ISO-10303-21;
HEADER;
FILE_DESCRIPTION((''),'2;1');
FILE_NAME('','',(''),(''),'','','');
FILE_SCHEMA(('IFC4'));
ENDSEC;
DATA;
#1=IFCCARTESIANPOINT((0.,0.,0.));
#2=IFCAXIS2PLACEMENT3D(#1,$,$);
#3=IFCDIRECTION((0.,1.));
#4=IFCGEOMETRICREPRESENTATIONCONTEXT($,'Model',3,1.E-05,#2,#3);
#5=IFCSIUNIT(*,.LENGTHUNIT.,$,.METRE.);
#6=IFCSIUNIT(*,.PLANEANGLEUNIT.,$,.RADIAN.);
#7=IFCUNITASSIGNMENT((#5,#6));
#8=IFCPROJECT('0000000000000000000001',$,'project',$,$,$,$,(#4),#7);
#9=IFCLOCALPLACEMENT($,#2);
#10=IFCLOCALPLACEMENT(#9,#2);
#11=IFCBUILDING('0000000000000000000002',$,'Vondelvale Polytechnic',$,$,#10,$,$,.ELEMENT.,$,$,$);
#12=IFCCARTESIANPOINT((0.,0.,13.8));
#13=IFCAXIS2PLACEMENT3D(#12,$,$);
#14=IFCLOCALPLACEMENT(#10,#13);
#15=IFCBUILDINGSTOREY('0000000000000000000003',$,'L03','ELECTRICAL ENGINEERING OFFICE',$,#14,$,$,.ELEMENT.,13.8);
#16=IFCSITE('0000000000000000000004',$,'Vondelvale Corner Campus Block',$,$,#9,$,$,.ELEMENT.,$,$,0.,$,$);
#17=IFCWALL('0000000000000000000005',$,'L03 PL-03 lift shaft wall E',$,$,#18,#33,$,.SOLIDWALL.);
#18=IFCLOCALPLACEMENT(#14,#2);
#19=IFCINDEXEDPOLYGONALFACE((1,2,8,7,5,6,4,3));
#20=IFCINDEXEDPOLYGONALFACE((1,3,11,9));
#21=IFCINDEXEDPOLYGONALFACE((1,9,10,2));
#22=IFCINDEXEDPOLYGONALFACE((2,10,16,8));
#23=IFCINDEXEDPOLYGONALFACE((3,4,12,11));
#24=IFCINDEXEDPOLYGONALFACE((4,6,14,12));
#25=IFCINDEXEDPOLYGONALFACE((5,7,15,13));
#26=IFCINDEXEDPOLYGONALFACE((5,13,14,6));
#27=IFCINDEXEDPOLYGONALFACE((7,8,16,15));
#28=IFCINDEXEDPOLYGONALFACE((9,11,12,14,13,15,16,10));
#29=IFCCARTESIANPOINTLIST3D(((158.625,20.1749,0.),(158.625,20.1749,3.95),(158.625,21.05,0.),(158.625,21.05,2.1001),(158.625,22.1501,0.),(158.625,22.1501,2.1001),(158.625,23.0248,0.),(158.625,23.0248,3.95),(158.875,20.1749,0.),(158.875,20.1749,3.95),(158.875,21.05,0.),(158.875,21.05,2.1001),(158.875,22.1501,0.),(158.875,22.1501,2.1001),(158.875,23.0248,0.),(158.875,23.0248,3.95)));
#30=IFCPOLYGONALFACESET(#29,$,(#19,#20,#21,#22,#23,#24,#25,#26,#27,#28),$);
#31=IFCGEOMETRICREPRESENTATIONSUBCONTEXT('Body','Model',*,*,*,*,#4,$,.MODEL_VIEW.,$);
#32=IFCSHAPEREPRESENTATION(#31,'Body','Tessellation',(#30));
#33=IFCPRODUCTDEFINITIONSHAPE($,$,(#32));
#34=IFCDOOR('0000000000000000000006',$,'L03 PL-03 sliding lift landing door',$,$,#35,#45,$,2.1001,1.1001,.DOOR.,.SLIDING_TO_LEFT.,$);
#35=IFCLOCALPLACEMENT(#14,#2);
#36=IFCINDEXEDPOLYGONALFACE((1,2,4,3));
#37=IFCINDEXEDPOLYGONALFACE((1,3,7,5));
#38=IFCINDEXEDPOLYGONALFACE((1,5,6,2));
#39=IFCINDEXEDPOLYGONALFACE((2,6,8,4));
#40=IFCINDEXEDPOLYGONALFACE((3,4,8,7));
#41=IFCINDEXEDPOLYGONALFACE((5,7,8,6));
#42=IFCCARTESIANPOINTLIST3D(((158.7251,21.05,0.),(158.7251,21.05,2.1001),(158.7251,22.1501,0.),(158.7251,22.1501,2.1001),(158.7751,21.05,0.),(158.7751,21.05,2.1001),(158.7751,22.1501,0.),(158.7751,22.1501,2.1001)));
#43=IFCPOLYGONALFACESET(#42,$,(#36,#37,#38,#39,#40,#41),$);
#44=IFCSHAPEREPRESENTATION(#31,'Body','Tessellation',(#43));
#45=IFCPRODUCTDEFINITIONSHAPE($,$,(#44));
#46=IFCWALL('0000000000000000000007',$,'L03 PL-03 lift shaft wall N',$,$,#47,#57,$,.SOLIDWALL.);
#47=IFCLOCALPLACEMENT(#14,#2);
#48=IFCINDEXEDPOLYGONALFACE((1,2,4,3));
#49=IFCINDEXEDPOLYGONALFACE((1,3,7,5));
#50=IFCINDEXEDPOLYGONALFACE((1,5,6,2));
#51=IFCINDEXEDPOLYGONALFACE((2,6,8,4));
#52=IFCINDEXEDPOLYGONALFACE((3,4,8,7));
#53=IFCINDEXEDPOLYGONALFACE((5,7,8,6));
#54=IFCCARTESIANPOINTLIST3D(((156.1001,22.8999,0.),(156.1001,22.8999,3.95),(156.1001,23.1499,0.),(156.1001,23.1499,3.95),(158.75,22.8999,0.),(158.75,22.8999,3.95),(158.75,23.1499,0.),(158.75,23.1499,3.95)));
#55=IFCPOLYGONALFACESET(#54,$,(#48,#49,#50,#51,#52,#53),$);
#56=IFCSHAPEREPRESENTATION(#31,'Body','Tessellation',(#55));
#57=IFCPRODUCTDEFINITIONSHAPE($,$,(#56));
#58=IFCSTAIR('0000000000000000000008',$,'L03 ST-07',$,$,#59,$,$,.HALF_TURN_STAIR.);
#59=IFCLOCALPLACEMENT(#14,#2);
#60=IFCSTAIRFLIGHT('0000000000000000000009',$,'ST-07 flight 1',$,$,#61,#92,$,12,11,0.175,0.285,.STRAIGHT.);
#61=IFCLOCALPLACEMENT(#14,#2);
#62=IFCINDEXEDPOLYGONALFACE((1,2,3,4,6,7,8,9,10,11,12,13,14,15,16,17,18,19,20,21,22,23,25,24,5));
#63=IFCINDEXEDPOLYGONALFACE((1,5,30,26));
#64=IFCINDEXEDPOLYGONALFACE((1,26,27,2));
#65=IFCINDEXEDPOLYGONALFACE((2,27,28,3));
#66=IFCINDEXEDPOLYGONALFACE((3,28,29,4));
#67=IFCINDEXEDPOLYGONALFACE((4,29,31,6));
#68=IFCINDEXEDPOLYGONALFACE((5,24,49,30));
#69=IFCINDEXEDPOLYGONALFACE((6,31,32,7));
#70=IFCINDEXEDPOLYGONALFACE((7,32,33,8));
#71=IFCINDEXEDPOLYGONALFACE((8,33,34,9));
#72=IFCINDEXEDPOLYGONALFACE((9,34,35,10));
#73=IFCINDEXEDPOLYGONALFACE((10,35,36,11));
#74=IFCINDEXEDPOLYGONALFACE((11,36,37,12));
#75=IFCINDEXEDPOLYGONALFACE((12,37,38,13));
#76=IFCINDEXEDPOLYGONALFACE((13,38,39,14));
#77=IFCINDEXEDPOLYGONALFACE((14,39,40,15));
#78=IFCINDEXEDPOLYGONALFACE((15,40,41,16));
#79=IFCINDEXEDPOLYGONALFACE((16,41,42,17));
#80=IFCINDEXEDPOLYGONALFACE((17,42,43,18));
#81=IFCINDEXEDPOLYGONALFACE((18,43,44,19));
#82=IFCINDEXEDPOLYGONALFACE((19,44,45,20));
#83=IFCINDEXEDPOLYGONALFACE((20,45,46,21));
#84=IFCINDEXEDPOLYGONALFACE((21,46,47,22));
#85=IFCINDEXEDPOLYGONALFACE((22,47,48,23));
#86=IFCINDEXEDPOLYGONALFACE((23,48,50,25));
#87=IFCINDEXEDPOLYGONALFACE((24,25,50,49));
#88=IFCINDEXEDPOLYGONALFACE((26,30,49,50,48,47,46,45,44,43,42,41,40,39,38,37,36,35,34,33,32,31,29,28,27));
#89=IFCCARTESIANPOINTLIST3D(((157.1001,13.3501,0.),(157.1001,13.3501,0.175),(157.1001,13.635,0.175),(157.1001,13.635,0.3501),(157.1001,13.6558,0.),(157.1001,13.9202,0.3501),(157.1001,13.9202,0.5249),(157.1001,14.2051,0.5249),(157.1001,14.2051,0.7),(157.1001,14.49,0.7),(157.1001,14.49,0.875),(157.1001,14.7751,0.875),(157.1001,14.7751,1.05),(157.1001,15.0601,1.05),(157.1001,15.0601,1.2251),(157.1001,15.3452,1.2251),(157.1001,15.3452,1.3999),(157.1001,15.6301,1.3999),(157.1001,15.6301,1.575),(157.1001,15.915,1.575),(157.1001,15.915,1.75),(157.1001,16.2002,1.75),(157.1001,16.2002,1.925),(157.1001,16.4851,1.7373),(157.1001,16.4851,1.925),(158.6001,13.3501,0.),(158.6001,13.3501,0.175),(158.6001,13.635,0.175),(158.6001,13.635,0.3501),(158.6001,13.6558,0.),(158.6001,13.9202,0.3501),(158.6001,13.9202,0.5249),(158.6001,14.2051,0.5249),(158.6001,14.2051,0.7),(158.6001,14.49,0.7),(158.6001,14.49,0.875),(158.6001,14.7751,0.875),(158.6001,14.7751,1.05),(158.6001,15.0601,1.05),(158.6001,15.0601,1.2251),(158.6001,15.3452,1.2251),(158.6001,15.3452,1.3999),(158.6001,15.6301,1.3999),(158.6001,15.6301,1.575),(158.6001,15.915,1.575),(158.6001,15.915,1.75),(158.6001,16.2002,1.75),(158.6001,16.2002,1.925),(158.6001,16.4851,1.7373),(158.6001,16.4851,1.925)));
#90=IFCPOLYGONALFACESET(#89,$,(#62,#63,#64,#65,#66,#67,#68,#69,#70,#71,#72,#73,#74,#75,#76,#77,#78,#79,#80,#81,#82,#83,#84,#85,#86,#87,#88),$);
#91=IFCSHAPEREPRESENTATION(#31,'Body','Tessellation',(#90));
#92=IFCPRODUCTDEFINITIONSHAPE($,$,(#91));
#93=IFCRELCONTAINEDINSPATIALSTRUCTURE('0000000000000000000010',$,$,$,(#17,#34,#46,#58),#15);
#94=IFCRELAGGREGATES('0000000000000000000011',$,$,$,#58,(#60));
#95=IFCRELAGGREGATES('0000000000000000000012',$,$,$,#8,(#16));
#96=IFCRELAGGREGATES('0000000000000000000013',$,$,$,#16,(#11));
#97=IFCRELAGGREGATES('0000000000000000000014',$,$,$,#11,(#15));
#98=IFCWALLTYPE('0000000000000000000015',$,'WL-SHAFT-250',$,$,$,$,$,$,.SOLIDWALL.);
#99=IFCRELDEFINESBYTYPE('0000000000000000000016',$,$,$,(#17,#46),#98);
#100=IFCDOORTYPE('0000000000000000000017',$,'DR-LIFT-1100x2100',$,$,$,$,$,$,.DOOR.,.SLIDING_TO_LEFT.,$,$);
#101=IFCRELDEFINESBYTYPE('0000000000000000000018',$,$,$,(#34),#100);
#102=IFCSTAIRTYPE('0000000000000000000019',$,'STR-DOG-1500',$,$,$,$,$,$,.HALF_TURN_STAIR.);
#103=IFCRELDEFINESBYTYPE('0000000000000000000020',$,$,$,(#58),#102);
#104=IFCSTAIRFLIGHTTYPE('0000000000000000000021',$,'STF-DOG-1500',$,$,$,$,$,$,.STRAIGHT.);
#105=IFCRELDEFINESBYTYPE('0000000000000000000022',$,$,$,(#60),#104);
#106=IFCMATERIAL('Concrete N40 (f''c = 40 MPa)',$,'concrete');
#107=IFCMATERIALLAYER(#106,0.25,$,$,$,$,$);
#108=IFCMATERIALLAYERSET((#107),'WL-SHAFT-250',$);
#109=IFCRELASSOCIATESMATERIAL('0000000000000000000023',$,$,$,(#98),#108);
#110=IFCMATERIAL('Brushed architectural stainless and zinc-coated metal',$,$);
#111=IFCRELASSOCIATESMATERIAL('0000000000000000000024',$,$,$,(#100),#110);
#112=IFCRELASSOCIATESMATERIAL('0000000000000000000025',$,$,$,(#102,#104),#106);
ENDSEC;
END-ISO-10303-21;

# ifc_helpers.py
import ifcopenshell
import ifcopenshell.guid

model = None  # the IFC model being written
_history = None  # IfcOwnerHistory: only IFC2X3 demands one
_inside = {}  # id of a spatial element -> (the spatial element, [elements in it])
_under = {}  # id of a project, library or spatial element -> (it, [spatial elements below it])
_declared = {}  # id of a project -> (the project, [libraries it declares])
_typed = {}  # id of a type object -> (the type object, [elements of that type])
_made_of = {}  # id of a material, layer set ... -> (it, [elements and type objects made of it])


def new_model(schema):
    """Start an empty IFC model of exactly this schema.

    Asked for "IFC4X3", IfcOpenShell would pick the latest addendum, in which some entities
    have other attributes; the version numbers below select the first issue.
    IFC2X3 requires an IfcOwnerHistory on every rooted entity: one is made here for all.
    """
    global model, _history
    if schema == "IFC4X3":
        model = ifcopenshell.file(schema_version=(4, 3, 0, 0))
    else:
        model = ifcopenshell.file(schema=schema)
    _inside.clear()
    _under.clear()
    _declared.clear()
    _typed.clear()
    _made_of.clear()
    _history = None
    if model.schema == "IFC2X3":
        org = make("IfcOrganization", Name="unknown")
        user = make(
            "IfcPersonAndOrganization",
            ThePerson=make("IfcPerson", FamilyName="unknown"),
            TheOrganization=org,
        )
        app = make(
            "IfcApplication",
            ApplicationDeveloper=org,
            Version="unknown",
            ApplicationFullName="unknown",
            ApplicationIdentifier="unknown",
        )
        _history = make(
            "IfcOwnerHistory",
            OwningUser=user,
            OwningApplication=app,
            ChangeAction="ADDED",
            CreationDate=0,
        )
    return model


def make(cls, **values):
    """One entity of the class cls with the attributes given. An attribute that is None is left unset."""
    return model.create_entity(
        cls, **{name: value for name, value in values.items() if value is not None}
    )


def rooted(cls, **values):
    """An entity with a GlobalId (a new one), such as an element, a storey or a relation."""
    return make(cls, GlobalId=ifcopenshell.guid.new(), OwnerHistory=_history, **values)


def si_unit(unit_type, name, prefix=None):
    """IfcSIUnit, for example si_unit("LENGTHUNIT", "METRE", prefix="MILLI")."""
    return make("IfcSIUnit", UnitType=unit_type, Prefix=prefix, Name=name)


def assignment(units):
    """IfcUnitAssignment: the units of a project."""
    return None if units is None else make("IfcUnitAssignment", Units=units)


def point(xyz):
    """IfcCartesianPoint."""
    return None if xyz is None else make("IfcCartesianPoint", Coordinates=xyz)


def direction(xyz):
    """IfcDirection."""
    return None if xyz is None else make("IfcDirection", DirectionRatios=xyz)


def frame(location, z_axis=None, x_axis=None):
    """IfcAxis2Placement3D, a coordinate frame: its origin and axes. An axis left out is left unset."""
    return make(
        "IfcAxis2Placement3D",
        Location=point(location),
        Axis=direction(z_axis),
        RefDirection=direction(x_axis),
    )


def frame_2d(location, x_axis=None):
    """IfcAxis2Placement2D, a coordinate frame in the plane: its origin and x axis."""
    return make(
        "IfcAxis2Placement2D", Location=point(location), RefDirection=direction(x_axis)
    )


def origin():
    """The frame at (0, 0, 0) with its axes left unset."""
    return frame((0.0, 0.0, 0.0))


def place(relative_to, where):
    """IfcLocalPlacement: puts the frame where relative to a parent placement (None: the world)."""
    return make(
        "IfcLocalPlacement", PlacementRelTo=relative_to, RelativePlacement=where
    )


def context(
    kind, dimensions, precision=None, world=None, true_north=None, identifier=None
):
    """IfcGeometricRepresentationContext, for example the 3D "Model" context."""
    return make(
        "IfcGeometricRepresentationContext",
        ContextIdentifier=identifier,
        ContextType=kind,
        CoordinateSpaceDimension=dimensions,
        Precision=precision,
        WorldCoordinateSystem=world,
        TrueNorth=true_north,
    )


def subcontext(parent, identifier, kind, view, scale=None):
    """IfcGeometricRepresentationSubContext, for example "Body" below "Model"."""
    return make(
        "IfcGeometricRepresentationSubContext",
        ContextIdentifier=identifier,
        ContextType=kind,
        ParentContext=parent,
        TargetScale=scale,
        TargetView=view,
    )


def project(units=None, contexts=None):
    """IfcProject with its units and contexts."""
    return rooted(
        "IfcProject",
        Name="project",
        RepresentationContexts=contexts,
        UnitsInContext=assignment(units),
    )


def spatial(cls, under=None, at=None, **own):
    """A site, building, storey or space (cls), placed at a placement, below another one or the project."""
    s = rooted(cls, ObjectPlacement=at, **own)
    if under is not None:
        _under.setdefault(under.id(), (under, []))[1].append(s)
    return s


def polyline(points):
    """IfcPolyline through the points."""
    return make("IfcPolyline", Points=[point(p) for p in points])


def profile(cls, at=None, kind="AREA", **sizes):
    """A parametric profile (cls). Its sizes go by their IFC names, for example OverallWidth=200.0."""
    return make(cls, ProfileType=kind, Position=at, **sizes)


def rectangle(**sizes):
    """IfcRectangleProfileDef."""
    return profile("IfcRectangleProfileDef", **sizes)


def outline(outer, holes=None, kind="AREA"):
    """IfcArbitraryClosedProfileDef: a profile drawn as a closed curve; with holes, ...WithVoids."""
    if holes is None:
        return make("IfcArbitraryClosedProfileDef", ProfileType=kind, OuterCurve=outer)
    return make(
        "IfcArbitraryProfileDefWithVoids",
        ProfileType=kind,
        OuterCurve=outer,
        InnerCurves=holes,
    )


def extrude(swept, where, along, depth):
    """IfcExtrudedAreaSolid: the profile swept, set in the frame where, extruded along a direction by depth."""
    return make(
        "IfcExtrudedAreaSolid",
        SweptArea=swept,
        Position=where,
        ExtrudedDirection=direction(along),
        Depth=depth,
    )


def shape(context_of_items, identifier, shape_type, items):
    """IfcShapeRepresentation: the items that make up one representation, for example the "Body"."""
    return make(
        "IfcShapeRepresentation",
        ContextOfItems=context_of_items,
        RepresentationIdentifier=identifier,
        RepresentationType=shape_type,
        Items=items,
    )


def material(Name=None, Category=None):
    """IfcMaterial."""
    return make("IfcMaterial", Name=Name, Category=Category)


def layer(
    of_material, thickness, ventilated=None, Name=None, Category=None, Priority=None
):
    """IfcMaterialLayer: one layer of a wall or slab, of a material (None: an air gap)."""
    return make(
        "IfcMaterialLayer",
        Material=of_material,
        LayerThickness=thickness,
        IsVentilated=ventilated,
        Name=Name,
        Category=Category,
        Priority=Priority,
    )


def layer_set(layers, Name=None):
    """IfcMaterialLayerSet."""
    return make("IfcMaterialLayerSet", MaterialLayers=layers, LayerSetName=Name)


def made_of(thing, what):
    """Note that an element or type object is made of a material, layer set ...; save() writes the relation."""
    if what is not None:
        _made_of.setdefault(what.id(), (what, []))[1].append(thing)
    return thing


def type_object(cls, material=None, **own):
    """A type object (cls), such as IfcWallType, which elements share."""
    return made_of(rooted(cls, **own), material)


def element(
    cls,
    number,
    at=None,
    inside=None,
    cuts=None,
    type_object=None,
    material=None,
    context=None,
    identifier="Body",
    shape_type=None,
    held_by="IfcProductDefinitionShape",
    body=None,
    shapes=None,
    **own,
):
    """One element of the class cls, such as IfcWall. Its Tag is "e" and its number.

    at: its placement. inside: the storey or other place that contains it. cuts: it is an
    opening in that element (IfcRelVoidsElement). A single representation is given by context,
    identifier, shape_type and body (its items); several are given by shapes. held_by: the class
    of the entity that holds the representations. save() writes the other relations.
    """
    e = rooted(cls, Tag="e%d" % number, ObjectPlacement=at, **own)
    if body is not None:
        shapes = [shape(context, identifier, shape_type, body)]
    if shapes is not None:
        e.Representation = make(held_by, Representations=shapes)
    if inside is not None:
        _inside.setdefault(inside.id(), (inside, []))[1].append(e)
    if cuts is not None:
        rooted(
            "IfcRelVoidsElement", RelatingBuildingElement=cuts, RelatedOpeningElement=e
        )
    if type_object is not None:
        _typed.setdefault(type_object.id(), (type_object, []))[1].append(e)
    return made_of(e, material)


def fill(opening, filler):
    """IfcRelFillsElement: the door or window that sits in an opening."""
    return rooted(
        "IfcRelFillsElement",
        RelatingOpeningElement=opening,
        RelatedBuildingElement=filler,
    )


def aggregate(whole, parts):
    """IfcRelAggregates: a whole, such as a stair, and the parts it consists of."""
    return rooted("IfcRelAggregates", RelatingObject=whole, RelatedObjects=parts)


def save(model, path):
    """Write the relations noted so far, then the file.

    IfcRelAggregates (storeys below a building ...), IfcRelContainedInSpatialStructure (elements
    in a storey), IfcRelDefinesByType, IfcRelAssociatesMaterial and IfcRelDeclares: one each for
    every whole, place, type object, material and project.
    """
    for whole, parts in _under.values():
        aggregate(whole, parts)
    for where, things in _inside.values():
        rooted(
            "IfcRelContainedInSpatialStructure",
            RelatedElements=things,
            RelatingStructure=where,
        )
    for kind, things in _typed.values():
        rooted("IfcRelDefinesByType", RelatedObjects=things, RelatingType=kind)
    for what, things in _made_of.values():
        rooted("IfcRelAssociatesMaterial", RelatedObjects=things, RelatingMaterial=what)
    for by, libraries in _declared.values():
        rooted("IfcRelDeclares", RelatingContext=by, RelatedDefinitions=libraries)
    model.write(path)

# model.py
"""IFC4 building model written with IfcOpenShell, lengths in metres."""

from ifc_helpers import new_model, si_unit, direction, frame, frame_2d, origin, place, context, subcontext, project, spatial, polyline, rectangle, outline, extrude, material, layer, layer_set, type_object, element, fill, aggregate, save


model = new_model("IFC4")

# Units and contexts
model_context = context("Model", 3, precision=1e-05, world=origin(), true_north=direction((0.0, 1.0)))
body_context = subcontext(model_context, "Body", "Model", "MODEL_VIEW")
ifc_project = project(units=[si_unit("LENGTHUNIT", "METRE"), si_unit("PLANEANGLEUNIT", "RADIAN")], contexts=[model_context])

# Site, building, storey
site_placement = place(None, origin())
site = spatial("IfcSite", under=ifc_project, at=site_placement, Name="Vondelvale Corner Campus Block", CompositionType="ELEMENT", RefElevation=0.0)
building_placement = place(site_placement, origin())
building = spatial("IfcBuilding", under=site, at=building_placement, Name="Vondelvale Polytechnic", CompositionType="ELEMENT")
storey_placement = place(building_placement, frame((0.0, 0.0, 13.8)))
storey = spatial("IfcBuildingStorey", under=building, at=storey_placement, Name="L03", Description="ELECTRICAL ENGINEERING OFFICE", CompositionType="ELEMENT", Elevation=13.8)

# Shared definitions
ifc_material_1 = material(Name="Concrete N40 (f'c = 40 MPa)", Category="concrete")

# Shared definitions
ifc_material_2 = material(Name="Brushed architectural stainless and zinc-coated metal")

# Wall, opening, door
ifc_layer_1 = layer(ifc_material_1, 0.25)
ifc_layer_set_1 = layer_set([ifc_layer_1], Name="WL-SHAFT-250")
wall_type_1 = type_object("IfcWallType", Name="WL-SHAFT-250", PredefinedType="SOLIDWALL", material=ifc_layer_set_1)
wall_1_placement = place(storey_placement, frame((158.75, 20.175, 0.0), z_axis=(0.0, 0.0, 1.0), x_axis=(0.0, 1.0, 0.0)))
wall_1 = element("IfcWall", 1, at=wall_1_placement, inside=storey, type_object=wall_type_1, Name="L03 PL-03 lift shaft wall E", PredefinedType="SOLIDWALL", context=body_context, shape_type="SweptSolid", body=[
    extrude(rectangle(XDim=2.8499, YDim=0.25, at=frame_2d((1.4248, 0.0))), origin(), (0.0, 0.0, 1.0), 3.95),
])
opening_1_placement = place(wall_1_placement, frame((0.875, 0.0, 0.0)))
opening_1 = element("IfcOpeningElement", 2, at=opening_1_placement, cuts=wall_1, PredefinedType="OPENING", context=body_context, shape_type="SweptSolid", body=[
    extrude(rectangle(XDim=1.1001, YDim=2.1001, at=frame_2d((0.55, 1.05))), frame((0.0, 0.135, 0.0), z_axis=(0.0, -1.0, 0.0), x_axis=(1.0, 0.0, 0.0)), (0.0, 0.0, 1.0), 0.27),
])
door_type_1 = type_object("IfcDoorType", Name="DR-LIFT-1100x2100", OperationType="SLIDING_TO_LEFT", PredefinedType="DOOR", material=ifc_material_2)
door_1_placement = place(opening_1_placement, origin())
door_1 = element("IfcDoor", 3, at=door_1_placement, inside=storey, type_object=door_type_1, Name="L03 PL-03 sliding lift landing door", OperationType="SLIDING_TO_LEFT", OverallHeight=2.1001, OverallWidth=1.1001, PredefinedType="DOOR", context=body_context, shape_type="SweptSolid", body=[
    extrude(rectangle(XDim=1.1001, YDim=2.1001, at=frame_2d((0.55, 1.05))), frame((0.0, 0.0249, 0.0), z_axis=(0.0, -1.0, 0.0), x_axis=(1.0, 0.0, 0.0)), (0.0, 0.0, 1.0), 0.05),
])
fill(opening_1, door_1)

# Wall
wall_2_placement = place(storey_placement, frame((158.75, 23.0249, 0.0), z_axis=(0.0, 0.0, 1.0), x_axis=(-1.0, 0.0, 0.0)))
element("IfcWall", 4, at=wall_2_placement, inside=storey, type_object=wall_type_1, Name="L03 PL-03 lift shaft wall N", PredefinedType="SOLIDWALL", context=body_context, shape_type="SweptSolid", body=[
    extrude(rectangle(XDim=2.6499, YDim=0.25, at=frame_2d((1.325, 0.0))), origin(), (0.0, 0.0, 1.0), 3.95),
])

# Stair, stair flight
stair_type = type_object("IfcStairType", Name="STR-DOG-1500", PredefinedType="HALF_TURN_STAIR", material=ifc_material_1)
stair_placement = place(storey_placement, origin())
stair = element("IfcStair", 5, at=stair_placement, inside=storey, type_object=stair_type, Name="L03 ST-07", PredefinedType="HALF_TURN_STAIR")
stair_flight_type = type_object("IfcStairFlightType", Name="STF-DOG-1500", PredefinedType="STRAIGHT", material=ifc_material_1)
stair_flight_placement = place(storey_placement, frame((157.8501, 13.3501, 0.0), z_axis=(0.0, 0.0, 1.0), x_axis=(0.0, 1.0, 0.0)))
stair_flight = element("IfcStairFlight", 6, at=stair_flight_placement, type_object=stair_flight_type, Name="ST-07 flight 1", NumberOfRisers=12, NumberOfTreads=11, PredefinedType="STRAIGHT", RiserHeight=0.175, TreadLength=0.285, context=body_context, shape_type="SweptSolid", body=[
    extrude(outline(polyline([(0.0, 0.0), (0.0, 0.175), (0.2849, 0.175), (0.2849, 0.3501), (0.5701, 0.3501), (0.5701, 0.5249), (0.855, 0.5249), (0.855, 0.7), (1.1399, 0.7), (1.1399, 0.875), (1.425, 0.875), (1.425, 1.05), (1.71, 1.05), (1.71, 1.2251), (1.9951, 1.2251), (1.9951, 1.3999), (2.28, 1.3999), (2.28, 1.575), (2.5649, 1.575), (2.5649, 1.75), (2.8501, 1.75), (2.8501, 1.925), (3.135, 1.925), (3.135, 2.1001), (3.135, 1.7373), (0.3057, 0.0), (0.0, 0.0)])), frame((0.0, 0.75, 0.0), z_axis=(0.0, -1.0, 0.0), x_axis=(1.0, 0.0, 0.0)), (0.0, 0.0, 1.0), 1.5),
])
aggregate(stair, [stair_flight])

save(model, "model.ifc")
